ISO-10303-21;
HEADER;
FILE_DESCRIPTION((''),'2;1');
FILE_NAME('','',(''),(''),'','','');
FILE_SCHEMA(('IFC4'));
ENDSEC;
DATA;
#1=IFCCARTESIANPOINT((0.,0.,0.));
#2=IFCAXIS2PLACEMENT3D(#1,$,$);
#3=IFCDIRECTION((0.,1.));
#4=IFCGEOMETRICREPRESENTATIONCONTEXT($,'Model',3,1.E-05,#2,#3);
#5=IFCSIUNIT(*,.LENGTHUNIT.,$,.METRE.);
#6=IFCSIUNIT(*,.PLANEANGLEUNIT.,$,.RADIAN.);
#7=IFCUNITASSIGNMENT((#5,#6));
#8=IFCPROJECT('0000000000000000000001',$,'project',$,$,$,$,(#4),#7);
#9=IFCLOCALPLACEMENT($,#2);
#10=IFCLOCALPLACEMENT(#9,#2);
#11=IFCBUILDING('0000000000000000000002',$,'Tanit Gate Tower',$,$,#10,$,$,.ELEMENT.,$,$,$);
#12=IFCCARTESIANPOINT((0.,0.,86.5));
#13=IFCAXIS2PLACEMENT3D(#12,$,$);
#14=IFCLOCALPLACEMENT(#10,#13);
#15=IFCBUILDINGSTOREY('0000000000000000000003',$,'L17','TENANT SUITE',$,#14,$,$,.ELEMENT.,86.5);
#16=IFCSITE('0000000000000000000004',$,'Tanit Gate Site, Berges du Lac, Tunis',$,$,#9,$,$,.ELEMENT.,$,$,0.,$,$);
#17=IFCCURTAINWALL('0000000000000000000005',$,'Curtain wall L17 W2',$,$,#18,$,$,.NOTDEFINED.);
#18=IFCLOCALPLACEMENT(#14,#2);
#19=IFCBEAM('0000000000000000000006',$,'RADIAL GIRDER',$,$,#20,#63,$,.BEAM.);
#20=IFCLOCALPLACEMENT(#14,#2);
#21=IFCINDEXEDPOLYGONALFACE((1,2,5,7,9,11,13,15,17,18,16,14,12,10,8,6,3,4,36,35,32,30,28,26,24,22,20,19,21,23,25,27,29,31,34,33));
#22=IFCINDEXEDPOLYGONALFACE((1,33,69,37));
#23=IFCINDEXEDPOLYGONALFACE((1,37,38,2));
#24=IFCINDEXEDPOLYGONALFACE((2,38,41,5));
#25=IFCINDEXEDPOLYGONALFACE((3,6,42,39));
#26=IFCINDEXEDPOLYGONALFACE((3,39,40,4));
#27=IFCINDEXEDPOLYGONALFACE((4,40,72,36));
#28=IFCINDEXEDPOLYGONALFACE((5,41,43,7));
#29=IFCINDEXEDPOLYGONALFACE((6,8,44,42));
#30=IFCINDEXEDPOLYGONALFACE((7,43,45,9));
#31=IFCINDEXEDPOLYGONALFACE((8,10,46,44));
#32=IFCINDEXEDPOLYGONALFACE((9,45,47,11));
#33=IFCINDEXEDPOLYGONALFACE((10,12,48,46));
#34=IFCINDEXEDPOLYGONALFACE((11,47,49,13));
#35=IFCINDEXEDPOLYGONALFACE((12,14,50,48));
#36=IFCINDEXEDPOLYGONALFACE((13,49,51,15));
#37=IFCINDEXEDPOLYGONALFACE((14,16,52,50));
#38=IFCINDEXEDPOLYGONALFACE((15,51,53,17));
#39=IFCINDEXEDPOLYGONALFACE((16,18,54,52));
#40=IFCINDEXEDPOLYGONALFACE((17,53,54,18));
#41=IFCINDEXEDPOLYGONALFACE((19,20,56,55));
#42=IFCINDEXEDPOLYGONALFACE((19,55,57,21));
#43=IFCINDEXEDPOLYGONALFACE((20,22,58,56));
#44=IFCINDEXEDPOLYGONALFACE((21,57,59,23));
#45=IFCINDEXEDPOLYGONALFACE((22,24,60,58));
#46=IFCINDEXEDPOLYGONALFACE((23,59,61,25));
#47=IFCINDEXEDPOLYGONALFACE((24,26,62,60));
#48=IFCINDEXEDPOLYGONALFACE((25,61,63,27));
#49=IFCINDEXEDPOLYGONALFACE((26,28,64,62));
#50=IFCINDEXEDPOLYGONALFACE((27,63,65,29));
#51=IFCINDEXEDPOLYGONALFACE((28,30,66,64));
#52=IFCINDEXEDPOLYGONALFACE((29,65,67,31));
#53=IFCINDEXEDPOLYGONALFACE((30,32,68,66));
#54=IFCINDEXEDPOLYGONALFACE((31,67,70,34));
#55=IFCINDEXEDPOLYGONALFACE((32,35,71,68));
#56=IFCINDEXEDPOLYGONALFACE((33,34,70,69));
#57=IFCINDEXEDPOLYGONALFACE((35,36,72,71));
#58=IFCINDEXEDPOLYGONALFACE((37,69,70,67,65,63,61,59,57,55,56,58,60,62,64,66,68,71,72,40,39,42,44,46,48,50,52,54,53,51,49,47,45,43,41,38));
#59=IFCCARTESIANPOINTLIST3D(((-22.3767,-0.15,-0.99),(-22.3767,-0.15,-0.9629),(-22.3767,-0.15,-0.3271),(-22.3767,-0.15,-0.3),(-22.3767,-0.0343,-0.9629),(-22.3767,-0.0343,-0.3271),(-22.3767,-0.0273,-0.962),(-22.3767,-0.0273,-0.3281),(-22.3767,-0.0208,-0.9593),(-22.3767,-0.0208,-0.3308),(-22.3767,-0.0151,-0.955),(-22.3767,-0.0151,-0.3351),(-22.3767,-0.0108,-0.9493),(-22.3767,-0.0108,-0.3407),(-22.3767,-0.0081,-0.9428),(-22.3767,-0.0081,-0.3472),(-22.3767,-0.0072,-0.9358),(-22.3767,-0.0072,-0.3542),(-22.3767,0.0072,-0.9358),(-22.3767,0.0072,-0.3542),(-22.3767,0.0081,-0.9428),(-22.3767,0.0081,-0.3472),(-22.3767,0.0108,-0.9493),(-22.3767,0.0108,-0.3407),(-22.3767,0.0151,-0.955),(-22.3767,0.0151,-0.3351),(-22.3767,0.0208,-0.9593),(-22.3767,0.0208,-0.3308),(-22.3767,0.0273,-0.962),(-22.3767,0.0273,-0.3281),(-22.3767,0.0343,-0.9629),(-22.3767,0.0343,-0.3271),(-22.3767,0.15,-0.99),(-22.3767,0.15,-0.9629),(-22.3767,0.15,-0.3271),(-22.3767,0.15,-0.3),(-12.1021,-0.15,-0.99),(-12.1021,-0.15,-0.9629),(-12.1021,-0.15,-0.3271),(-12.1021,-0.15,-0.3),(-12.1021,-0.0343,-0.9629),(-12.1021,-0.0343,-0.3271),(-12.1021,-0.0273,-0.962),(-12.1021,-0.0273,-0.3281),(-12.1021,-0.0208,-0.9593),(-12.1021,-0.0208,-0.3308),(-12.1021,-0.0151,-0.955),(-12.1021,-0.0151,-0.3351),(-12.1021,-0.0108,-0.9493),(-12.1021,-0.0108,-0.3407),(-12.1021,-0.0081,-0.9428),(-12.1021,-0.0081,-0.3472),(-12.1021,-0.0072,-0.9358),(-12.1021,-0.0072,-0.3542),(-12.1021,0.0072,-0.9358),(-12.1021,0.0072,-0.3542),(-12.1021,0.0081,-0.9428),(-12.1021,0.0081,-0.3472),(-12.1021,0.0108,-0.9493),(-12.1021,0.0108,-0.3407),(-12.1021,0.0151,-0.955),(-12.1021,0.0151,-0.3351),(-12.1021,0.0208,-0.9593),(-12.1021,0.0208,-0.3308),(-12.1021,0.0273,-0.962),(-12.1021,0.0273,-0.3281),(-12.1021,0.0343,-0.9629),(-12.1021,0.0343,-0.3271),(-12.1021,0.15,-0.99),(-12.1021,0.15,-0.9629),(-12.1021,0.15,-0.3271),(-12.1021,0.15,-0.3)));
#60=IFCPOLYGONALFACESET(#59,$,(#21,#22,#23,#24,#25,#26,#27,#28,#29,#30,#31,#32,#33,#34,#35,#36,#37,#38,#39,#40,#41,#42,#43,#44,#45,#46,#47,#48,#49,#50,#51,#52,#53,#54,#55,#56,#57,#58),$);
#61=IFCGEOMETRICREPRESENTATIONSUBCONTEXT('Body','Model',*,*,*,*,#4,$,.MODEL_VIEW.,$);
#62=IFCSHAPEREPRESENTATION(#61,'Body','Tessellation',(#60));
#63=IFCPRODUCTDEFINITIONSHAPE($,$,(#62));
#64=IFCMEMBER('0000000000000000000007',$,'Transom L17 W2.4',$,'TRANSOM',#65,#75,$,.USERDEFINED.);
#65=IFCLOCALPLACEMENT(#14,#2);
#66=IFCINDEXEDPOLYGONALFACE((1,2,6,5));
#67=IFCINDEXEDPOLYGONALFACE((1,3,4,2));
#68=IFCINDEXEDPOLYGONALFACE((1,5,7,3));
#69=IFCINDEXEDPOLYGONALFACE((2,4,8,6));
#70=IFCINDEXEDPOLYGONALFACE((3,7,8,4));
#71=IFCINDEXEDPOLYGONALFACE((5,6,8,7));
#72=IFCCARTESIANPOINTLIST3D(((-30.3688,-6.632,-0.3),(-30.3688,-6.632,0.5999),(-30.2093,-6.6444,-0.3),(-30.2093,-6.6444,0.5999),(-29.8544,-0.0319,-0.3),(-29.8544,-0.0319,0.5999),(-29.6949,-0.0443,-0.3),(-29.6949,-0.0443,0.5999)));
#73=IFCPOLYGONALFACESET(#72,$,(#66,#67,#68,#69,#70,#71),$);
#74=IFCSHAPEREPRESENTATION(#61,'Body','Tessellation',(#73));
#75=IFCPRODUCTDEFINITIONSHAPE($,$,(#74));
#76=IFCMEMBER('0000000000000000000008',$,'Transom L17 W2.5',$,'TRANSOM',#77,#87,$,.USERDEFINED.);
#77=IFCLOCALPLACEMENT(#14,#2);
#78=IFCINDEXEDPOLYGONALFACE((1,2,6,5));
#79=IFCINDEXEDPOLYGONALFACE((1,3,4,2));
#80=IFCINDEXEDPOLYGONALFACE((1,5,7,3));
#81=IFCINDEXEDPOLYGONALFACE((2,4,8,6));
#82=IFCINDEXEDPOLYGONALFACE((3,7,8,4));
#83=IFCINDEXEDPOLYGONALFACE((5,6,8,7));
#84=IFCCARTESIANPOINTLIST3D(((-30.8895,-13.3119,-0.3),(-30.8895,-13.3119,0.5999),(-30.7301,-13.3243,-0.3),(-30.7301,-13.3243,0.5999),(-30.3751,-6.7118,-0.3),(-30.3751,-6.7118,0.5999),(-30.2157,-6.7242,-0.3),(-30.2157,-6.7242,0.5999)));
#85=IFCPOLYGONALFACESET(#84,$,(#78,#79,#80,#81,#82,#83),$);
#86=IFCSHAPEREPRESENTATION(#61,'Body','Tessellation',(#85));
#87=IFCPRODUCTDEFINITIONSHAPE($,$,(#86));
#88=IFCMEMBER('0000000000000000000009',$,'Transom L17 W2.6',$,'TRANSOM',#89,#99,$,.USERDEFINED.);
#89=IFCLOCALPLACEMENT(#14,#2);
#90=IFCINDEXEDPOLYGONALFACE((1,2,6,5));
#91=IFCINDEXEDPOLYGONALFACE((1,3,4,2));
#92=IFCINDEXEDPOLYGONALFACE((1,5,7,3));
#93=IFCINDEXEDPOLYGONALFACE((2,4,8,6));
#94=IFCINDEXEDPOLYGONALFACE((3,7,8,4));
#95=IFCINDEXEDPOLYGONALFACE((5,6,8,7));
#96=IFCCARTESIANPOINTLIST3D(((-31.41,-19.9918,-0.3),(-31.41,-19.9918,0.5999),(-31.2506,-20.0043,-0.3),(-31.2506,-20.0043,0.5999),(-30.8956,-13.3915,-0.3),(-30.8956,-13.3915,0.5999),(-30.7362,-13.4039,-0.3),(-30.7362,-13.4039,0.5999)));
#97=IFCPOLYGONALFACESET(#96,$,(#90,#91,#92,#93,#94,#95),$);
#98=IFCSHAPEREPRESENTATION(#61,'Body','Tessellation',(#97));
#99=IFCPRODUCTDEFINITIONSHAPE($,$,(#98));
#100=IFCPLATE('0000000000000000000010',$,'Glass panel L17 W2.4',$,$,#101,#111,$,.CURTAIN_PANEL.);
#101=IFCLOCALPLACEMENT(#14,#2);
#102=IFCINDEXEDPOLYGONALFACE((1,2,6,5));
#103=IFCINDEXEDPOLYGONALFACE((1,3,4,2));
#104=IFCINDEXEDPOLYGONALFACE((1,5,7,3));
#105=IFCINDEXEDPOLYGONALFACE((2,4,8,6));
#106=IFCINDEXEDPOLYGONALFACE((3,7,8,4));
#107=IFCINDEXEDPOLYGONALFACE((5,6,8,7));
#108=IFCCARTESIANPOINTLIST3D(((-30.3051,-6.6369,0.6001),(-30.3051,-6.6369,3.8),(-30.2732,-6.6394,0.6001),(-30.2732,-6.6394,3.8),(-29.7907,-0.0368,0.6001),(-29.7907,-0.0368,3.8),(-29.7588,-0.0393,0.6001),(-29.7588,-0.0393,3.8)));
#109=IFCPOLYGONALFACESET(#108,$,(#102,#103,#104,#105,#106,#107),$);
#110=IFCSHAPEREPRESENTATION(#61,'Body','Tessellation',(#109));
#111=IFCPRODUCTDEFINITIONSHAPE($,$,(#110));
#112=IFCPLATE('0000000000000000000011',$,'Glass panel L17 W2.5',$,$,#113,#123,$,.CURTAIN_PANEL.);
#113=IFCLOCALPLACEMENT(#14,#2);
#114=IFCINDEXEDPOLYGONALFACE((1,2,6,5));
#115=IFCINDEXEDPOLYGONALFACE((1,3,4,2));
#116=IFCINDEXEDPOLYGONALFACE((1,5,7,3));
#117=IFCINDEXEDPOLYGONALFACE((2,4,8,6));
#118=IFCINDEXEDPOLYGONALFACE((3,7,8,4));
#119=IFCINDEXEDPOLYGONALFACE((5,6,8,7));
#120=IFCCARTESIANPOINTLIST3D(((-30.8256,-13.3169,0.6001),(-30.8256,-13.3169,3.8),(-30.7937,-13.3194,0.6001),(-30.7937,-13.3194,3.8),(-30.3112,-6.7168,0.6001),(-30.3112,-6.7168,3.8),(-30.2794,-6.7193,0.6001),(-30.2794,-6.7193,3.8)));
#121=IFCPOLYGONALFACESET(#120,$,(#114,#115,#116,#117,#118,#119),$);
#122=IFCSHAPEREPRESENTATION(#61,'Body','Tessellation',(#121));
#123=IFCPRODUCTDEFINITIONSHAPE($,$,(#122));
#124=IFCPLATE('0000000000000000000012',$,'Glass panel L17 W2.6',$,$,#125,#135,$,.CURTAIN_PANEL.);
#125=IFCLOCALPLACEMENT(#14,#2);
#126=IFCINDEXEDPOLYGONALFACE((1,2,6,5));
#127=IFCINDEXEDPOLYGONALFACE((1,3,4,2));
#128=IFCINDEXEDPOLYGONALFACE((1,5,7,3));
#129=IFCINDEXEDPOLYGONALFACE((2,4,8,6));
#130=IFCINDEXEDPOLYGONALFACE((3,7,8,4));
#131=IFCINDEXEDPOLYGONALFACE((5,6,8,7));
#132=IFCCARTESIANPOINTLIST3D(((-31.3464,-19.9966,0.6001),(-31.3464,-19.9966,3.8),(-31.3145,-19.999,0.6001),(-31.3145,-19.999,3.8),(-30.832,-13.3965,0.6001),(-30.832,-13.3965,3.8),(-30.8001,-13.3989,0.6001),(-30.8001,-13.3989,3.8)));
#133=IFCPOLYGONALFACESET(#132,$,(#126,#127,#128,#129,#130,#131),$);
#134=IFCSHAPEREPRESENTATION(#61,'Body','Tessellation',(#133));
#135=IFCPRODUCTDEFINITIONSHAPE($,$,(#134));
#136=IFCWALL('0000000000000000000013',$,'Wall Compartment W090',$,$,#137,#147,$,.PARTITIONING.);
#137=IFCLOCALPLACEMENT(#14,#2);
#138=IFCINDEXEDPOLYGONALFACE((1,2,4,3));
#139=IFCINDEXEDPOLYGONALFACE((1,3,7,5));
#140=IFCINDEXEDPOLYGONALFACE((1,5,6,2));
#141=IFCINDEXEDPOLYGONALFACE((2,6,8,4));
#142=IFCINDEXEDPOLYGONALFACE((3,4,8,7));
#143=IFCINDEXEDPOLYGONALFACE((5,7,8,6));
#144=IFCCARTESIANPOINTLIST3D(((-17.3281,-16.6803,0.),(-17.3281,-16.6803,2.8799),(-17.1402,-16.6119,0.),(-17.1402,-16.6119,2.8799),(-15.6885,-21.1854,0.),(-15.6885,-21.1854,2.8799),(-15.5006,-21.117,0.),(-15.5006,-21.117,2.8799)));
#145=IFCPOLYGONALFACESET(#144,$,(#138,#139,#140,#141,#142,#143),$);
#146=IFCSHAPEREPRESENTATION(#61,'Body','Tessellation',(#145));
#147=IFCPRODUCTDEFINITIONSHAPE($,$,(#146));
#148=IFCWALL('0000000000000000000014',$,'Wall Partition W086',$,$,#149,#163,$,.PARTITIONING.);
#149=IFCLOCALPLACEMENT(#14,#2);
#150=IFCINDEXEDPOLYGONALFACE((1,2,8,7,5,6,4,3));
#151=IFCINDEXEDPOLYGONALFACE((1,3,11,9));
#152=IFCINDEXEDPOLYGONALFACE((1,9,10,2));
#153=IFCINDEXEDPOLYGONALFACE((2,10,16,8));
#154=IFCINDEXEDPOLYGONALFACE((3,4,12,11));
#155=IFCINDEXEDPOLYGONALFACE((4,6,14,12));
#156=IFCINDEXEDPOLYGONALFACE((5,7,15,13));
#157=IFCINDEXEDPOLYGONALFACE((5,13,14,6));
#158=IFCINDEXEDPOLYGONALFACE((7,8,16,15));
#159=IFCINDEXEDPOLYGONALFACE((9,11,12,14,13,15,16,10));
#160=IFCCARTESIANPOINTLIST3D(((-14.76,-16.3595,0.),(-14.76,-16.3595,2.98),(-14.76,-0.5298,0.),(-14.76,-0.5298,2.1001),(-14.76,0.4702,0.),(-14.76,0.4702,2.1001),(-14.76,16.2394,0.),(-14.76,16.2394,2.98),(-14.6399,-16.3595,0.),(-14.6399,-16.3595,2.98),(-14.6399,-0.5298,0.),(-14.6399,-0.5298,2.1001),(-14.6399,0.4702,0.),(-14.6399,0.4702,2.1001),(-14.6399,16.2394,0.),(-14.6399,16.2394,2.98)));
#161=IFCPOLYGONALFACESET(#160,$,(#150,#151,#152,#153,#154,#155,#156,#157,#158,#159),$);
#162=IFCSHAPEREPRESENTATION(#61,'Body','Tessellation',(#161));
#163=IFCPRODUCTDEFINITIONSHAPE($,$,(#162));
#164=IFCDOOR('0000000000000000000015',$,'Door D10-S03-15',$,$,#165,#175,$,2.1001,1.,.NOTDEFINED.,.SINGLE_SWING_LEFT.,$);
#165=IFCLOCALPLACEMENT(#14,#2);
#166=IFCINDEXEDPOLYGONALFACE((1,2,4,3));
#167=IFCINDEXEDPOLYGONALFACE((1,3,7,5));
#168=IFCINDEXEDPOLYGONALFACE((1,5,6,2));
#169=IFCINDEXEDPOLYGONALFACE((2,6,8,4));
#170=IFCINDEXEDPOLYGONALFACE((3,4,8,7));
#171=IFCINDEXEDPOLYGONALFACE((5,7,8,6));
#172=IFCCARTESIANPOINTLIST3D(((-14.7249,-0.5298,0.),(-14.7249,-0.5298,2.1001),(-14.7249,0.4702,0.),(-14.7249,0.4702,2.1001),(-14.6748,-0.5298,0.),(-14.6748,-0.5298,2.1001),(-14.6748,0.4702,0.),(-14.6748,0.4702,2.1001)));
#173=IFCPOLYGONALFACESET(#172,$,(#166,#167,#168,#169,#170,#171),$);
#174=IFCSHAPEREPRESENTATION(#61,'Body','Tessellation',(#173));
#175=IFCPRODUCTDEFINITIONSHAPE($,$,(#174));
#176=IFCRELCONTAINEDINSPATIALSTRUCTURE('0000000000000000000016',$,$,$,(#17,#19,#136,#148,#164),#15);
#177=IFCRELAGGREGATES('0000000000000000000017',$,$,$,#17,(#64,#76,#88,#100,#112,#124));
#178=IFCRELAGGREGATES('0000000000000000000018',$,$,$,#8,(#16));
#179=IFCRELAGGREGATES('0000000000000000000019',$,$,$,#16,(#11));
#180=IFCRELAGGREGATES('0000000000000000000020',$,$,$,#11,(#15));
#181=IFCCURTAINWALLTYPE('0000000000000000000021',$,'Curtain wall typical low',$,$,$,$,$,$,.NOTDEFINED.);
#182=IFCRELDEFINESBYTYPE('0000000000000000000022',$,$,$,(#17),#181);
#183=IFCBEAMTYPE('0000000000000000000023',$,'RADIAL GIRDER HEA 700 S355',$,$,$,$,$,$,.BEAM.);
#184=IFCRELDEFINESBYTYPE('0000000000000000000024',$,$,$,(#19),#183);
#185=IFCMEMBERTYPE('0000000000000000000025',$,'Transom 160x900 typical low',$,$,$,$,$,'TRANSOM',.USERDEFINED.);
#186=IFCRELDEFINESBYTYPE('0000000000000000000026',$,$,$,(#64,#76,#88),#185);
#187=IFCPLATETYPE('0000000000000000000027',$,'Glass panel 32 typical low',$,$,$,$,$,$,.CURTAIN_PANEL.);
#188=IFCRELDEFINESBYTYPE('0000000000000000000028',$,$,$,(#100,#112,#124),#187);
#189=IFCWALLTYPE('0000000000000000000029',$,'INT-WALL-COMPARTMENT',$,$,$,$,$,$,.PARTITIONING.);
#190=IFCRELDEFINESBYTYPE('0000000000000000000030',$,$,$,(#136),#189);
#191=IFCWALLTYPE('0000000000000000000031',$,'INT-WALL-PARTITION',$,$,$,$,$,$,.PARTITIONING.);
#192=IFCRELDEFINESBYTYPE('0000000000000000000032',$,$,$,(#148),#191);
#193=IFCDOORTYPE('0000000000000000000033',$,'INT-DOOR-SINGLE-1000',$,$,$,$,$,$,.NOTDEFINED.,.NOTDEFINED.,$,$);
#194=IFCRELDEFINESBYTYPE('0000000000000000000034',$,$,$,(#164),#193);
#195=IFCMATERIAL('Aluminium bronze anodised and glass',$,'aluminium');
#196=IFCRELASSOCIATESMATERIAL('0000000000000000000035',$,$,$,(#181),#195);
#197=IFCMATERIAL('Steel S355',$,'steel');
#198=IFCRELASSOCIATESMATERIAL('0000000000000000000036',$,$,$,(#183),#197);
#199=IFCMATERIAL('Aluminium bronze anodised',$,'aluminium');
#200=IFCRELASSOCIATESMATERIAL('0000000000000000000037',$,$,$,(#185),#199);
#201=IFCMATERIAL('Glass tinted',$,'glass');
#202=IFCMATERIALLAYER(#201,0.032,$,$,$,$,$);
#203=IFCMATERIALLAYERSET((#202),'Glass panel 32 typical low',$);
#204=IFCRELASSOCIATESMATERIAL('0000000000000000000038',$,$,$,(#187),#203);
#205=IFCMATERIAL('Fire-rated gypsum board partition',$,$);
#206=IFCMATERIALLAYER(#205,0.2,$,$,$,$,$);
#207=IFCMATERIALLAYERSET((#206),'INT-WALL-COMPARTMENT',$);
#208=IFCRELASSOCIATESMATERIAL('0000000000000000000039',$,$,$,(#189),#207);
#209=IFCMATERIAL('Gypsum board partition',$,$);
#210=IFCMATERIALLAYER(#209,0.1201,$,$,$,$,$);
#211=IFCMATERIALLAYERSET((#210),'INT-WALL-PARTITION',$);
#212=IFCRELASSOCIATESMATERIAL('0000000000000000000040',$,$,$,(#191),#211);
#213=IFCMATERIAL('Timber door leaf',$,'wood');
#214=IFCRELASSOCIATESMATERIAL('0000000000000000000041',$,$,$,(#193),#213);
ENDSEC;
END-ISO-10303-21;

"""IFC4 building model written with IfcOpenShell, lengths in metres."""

from ifc_helpers import new_model, si_unit, direction, frame, frame_2d, origin, origin_2d, place, context, subcontext, project, spatial, rectangle, i_section, extrude, material, layer, layer_set, material_profile, profile_set, type_object, element, fill, aggregate, save


model = new_model("IFC4")

# Units and contexts
model_context = context("Model", 3, precision=1e-05, world=origin(), true_north=direction((0.0, 1.0)))
body_context = subcontext(model_context, "Body", "Model", "MODEL_VIEW")
ifc_project = project(units=[si_unit("LENGTHUNIT", "METRE"), si_unit("PLANEANGLEUNIT", "RADIAN")], contexts=[model_context])

# Site, building, storey
site_placement = place(None, origin())
site = spatial("IfcSite", under=ifc_project, at=site_placement, Name="Tanit Gate Site, Berges du Lac, Tunis", CompositionType="ELEMENT", RefElevation=0.0)
building_placement = place(site_placement, origin())
building = spatial("IfcBuilding", under=site, at=building_placement, Name="Tanit Gate Tower", CompositionType="ELEMENT")
storey_placement = place(building_placement, frame((0.0, 0.0, 86.5)))
storey = spatial("IfcBuildingStorey", under=building, at=storey_placement, Name="L17", Description="TENANT SUITE", CompositionType="ELEMENT", Elevation=86.5)

# Curtain wall
ifc_material_1 = material(Name="Aluminium bronze anodised and glass", Category="aluminium")
curtain_wall_type = type_object("IfcCurtainWallType", Name="Curtain wall typical low", PredefinedType="NOTDEFINED", material=ifc_material_1)
curtain_wall_placement = place(storey_placement, origin())
curtain_wall = element("IfcCurtainWall", 1, at=curtain_wall_placement, inside=storey, type_object=curtain_wall_type, Name="Curtain wall L17 W2", PredefinedType="NOTDEFINED")

# Beam
ifc_material_2 = material(Name="Steel S355", Category="steel")
ifc_material_profile_1 = material_profile(ifc_material_2, i_section(OverallWidth=0.3, OverallDepth=0.6899, WebThickness=0.0144, FlangeThickness=0.0271, FilletRadius=0.0271, at=origin_2d()), Name="HEA 700")
ifc_profile_set_1 = profile_set([ifc_material_profile_1], Name="Steel S355")
beam_type = type_object("IfcBeamType", Name="RADIAL GIRDER HEA 700 S355", PredefinedType="BEAM", material=ifc_profile_set_1)
beam_1_placement = place(storey_placement, frame((-22.3767, 0.0, -0.645), z_axis=(1.0, 0.0, 0.0), x_axis=(0.0, 1.0, 0.0)))
element("IfcBeam", 2, at=beam_1_placement, inside=storey, type_object=beam_type, Name="RADIAL GIRDER", PredefinedType="BEAM", context=body_context, shape_type="SweptSolid", body=[
    extrude(i_section(OverallWidth=0.3, OverallDepth=0.6899, WebThickness=0.0144, FlangeThickness=0.0271, FilletRadius=0.0271, at=origin_2d()), origin(), (0.0, 0.0, 1.0), 10.2747),
])

# Members
ifc_material_3 = material(Name="Aluminium bronze anodised", Category="aluminium")
ifc_material_profile_2 = material_profile(ifc_material_3, rectangle(XDim=0.1599, YDim=0.8999, at=origin_2d()), Name="160x900 bronze transom")
ifc_profile_set_2 = profile_set([ifc_material_profile_2], Name="Aluminium bronze anodised")
member_type_1 = type_object("IfcMemberType", Name="Transom 160x900 typical low", ElementType="TRANSOM", PredefinedType="USERDEFINED", material=ifc_profile_set_2)
member_1_placement = place(storey_placement, frame((-29.7747, -0.0381, 0.1499), z_axis=(-0.077703, -0.996977, 0.0), x_axis=(0.996977, -0.077703, 0.0)))
member_1 = element("IfcMember", 3, at=member_1_placement, type_object=member_type_1, Name="Transom L17 W2.4", ObjectType="TRANSOM", PredefinedType="USERDEFINED", context=body_context, shape_type="SweptSolid", body=[
    extrude(rectangle(XDim=0.1599, YDim=0.8999, at=origin_2d()), origin(), (0.0, 0.0, 1.0), 6.6201),
])
member_2_placement = place(storey_placement, frame((-30.2954, -6.718, 0.1499), z_axis=(-0.077703, -0.996977, 0.0), x_axis=(0.996977, -0.077703, 0.0)))
member_2 = element("IfcMember", 4, at=member_2_placement, type_object=member_type_1, Name="Transom L17 W2.5", ObjectType="TRANSOM", PredefinedType="USERDEFINED", context=body_context, shape_type="SweptSolid", body=[
    extrude(rectangle(XDim=0.1599, YDim=0.8999, at=origin_2d()), origin(), (0.0, 0.0, 1.0), 6.6201),
])
member_3_placement = place(storey_placement, frame((-30.8159, -13.3977, 0.1499), z_axis=(-0.0777, -0.996977, 0.0), x_axis=(0.996977, -0.0777, 0.0)))
member_3 = element("IfcMember", 5, at=member_3_placement, type_object=member_type_1, Name="Transom L17 W2.6", ObjectType="TRANSOM", PredefinedType="USERDEFINED", context=body_context, shape_type="SweptSolid", body=[
    extrude(rectangle(XDim=0.1599, YDim=0.8999, at=origin_2d()), origin(), (0.0, 0.0, 1.0), 6.6204),
])

# Plates
ifc_material_4 = material(Name="Glass tinted", Category="glass")
ifc_layer_1 = layer(ifc_material_4, 0.032)
ifc_layer_set_1 = layer_set([ifc_layer_1], Name="Glass panel 32 typical low")
plate_type = type_object("IfcPlateType", Name="Glass panel 32 typical low", PredefinedType="CURTAIN_PANEL", material=ifc_layer_set_1)
plate_1_placement = place(storey_placement, frame((-30.032, -3.3381, 0.6001), z_axis=(0.0, 0.0, 1.0), x_axis=(-0.077701, -0.996977, 0.0)))
plate_1 = element("IfcPlate", 6, at=plate_1_placement, type_object=plate_type, Name="Glass panel L17 W2.4", PredefinedType="CURTAIN_PANEL", context=body_context, shape_type="SweptSolid", body=[
    extrude(rectangle(XDim=6.6201, YDim=0.032, at=origin_2d()), origin(), (0.0, 0.0, 1.0), 3.2),
])
plate_2_placement = place(storey_placement, frame((-30.5525, -10.0181, 0.6001), z_axis=(0.0, 0.0, 1.0), x_axis=(-0.077701, -0.996977, 0.0)))
plate_2 = element("IfcPlate", 7, at=plate_2_placement, type_object=plate_type, Name="Glass panel L17 W2.5", PredefinedType="CURTAIN_PANEL", context=body_context, shape_type="SweptSolid", body=[
    extrude(rectangle(XDim=6.6201, YDim=0.032, at=origin_2d()), origin(), (0.0, 0.0, 1.0), 3.2),
])
plate_3_placement = place(storey_placement, frame((-31.0732, -16.6978, 0.6001), z_axis=(0.0, 0.0, 1.0), x_axis=(-0.077701, -0.996977, 0.0)))
plate_3 = element("IfcPlate", 8, at=plate_3_placement, type_object=plate_type, Name="Glass panel L17 W2.6", PredefinedType="CURTAIN_PANEL", context=body_context, shape_type="SweptSolid", body=[
    extrude(rectangle(XDim=6.6201, YDim=0.032, at=origin_2d()), origin(), (0.0, 0.0, 1.0), 3.2),
])
aggregate(curtain_wall, [member_1, member_2, member_3, plate_1, plate_2, plate_3])

# Wall
ifc_material_5 = material(Name="Fire-rated gypsum board partition")
ifc_layer_2 = layer(ifc_material_5, 0.2)
ifc_layer_set_2 = layer_set([ifc_layer_2], Name="INT-WALL-COMPARTMENT")
wall_type_1 = type_object("IfcWallType", Name="INT-WALL-COMPARTMENT", PredefinedType="PARTITIONING", material=ifc_layer_set_2)
wall_1_placement = place(storey_placement, frame((-17.2341, -16.6462, 0.0), z_axis=(0.0, 0.0, 1.0), x_axis=(0.342005, -0.939698, 0.0)))
element("IfcWall", 9, at=wall_1_placement, inside=storey, type_object=wall_type_1, Name="Wall Compartment W090", PredefinedType="PARTITIONING", context=body_context, shape_type="SweptSolid", body=[
    extrude(rectangle(XDim=4.7942, YDim=0.2, at=frame_2d((2.397, 0.0))), origin(), (0.0, 0.0, 1.0), 2.8799),
])

# Wall, opening, door
ifc_material_6 = material(Name="Gypsum board partition")
ifc_layer_3 = layer(ifc_material_6, 0.1201)
ifc_layer_set_3 = layer_set([ifc_layer_3], Name="INT-WALL-PARTITION")
wall_type_2 = type_object("IfcWallType", Name="INT-WALL-PARTITION", PredefinedType="PARTITIONING", material=ifc_layer_set_3)
wall_2_placement = place(storey_placement, frame((-14.7, -16.3594, 0.0), z_axis=(0.0, 0.0, 1.0), x_axis=(0.0, 1.0, 0.0)))
wall_2 = element("IfcWall", 10, at=wall_2_placement, inside=storey, type_object=wall_type_2, Name="Wall Partition W086", PredefinedType="PARTITIONING", context=body_context, shape_type="SweptSolid", body=[
    extrude(rectangle(XDim=32.5989, YDim=0.1201, at=frame_2d((16.2993, 0.0))), origin(), (0.0, 0.0, 1.0), 2.98),
])
opening_placement = place(wall_2_placement, frame((15.8296, 0.0, 0.0)))
opening = element("IfcOpeningElement", 11, at=opening_placement, cuts=wall_2, PredefinedType="OPENING", context=body_context, shape_type="SweptSolid", body=[
    extrude(rectangle(XDim=1.0, YDim=2.1001, at=frame_2d((0.5, 1.05))), frame((0.0, 0.0701, 0.0), z_axis=(0.0, -1.0, 0.0), x_axis=(1.0, 0.0, 0.0)), (0.0, 0.0, 1.0), 0.1401),
])
ifc_material_7 = material(Name="Timber door leaf", Category="wood")
door_type = type_object("IfcDoorType", Name="INT-DOOR-SINGLE-1000", OperationType="NOTDEFINED", PredefinedType="NOTDEFINED", material=ifc_material_7)
door_placement = place(opening_placement, origin())
door = element("IfcDoor", 12, at=door_placement, inside=storey, type_object=door_type, Name="Door D10-S03-15", OperationType="SINGLE_SWING_LEFT", OverallHeight=2.1001, OverallWidth=1.0, PredefinedType="NOTDEFINED", context=body_context, shape_type="SweptSolid", body=[
    extrude(rectangle(XDim=1.0, YDim=2.1001, at=frame_2d((0.5, 1.05))), frame((0.0, 0.0249, 0.0), z_axis=(0.0, -1.0, 0.0), x_axis=(1.0, 0.0, 0.0)), (0.0, 0.0, 1.0), 0.05),
])
fill(opening, door)

save(model, "model.ifc")
